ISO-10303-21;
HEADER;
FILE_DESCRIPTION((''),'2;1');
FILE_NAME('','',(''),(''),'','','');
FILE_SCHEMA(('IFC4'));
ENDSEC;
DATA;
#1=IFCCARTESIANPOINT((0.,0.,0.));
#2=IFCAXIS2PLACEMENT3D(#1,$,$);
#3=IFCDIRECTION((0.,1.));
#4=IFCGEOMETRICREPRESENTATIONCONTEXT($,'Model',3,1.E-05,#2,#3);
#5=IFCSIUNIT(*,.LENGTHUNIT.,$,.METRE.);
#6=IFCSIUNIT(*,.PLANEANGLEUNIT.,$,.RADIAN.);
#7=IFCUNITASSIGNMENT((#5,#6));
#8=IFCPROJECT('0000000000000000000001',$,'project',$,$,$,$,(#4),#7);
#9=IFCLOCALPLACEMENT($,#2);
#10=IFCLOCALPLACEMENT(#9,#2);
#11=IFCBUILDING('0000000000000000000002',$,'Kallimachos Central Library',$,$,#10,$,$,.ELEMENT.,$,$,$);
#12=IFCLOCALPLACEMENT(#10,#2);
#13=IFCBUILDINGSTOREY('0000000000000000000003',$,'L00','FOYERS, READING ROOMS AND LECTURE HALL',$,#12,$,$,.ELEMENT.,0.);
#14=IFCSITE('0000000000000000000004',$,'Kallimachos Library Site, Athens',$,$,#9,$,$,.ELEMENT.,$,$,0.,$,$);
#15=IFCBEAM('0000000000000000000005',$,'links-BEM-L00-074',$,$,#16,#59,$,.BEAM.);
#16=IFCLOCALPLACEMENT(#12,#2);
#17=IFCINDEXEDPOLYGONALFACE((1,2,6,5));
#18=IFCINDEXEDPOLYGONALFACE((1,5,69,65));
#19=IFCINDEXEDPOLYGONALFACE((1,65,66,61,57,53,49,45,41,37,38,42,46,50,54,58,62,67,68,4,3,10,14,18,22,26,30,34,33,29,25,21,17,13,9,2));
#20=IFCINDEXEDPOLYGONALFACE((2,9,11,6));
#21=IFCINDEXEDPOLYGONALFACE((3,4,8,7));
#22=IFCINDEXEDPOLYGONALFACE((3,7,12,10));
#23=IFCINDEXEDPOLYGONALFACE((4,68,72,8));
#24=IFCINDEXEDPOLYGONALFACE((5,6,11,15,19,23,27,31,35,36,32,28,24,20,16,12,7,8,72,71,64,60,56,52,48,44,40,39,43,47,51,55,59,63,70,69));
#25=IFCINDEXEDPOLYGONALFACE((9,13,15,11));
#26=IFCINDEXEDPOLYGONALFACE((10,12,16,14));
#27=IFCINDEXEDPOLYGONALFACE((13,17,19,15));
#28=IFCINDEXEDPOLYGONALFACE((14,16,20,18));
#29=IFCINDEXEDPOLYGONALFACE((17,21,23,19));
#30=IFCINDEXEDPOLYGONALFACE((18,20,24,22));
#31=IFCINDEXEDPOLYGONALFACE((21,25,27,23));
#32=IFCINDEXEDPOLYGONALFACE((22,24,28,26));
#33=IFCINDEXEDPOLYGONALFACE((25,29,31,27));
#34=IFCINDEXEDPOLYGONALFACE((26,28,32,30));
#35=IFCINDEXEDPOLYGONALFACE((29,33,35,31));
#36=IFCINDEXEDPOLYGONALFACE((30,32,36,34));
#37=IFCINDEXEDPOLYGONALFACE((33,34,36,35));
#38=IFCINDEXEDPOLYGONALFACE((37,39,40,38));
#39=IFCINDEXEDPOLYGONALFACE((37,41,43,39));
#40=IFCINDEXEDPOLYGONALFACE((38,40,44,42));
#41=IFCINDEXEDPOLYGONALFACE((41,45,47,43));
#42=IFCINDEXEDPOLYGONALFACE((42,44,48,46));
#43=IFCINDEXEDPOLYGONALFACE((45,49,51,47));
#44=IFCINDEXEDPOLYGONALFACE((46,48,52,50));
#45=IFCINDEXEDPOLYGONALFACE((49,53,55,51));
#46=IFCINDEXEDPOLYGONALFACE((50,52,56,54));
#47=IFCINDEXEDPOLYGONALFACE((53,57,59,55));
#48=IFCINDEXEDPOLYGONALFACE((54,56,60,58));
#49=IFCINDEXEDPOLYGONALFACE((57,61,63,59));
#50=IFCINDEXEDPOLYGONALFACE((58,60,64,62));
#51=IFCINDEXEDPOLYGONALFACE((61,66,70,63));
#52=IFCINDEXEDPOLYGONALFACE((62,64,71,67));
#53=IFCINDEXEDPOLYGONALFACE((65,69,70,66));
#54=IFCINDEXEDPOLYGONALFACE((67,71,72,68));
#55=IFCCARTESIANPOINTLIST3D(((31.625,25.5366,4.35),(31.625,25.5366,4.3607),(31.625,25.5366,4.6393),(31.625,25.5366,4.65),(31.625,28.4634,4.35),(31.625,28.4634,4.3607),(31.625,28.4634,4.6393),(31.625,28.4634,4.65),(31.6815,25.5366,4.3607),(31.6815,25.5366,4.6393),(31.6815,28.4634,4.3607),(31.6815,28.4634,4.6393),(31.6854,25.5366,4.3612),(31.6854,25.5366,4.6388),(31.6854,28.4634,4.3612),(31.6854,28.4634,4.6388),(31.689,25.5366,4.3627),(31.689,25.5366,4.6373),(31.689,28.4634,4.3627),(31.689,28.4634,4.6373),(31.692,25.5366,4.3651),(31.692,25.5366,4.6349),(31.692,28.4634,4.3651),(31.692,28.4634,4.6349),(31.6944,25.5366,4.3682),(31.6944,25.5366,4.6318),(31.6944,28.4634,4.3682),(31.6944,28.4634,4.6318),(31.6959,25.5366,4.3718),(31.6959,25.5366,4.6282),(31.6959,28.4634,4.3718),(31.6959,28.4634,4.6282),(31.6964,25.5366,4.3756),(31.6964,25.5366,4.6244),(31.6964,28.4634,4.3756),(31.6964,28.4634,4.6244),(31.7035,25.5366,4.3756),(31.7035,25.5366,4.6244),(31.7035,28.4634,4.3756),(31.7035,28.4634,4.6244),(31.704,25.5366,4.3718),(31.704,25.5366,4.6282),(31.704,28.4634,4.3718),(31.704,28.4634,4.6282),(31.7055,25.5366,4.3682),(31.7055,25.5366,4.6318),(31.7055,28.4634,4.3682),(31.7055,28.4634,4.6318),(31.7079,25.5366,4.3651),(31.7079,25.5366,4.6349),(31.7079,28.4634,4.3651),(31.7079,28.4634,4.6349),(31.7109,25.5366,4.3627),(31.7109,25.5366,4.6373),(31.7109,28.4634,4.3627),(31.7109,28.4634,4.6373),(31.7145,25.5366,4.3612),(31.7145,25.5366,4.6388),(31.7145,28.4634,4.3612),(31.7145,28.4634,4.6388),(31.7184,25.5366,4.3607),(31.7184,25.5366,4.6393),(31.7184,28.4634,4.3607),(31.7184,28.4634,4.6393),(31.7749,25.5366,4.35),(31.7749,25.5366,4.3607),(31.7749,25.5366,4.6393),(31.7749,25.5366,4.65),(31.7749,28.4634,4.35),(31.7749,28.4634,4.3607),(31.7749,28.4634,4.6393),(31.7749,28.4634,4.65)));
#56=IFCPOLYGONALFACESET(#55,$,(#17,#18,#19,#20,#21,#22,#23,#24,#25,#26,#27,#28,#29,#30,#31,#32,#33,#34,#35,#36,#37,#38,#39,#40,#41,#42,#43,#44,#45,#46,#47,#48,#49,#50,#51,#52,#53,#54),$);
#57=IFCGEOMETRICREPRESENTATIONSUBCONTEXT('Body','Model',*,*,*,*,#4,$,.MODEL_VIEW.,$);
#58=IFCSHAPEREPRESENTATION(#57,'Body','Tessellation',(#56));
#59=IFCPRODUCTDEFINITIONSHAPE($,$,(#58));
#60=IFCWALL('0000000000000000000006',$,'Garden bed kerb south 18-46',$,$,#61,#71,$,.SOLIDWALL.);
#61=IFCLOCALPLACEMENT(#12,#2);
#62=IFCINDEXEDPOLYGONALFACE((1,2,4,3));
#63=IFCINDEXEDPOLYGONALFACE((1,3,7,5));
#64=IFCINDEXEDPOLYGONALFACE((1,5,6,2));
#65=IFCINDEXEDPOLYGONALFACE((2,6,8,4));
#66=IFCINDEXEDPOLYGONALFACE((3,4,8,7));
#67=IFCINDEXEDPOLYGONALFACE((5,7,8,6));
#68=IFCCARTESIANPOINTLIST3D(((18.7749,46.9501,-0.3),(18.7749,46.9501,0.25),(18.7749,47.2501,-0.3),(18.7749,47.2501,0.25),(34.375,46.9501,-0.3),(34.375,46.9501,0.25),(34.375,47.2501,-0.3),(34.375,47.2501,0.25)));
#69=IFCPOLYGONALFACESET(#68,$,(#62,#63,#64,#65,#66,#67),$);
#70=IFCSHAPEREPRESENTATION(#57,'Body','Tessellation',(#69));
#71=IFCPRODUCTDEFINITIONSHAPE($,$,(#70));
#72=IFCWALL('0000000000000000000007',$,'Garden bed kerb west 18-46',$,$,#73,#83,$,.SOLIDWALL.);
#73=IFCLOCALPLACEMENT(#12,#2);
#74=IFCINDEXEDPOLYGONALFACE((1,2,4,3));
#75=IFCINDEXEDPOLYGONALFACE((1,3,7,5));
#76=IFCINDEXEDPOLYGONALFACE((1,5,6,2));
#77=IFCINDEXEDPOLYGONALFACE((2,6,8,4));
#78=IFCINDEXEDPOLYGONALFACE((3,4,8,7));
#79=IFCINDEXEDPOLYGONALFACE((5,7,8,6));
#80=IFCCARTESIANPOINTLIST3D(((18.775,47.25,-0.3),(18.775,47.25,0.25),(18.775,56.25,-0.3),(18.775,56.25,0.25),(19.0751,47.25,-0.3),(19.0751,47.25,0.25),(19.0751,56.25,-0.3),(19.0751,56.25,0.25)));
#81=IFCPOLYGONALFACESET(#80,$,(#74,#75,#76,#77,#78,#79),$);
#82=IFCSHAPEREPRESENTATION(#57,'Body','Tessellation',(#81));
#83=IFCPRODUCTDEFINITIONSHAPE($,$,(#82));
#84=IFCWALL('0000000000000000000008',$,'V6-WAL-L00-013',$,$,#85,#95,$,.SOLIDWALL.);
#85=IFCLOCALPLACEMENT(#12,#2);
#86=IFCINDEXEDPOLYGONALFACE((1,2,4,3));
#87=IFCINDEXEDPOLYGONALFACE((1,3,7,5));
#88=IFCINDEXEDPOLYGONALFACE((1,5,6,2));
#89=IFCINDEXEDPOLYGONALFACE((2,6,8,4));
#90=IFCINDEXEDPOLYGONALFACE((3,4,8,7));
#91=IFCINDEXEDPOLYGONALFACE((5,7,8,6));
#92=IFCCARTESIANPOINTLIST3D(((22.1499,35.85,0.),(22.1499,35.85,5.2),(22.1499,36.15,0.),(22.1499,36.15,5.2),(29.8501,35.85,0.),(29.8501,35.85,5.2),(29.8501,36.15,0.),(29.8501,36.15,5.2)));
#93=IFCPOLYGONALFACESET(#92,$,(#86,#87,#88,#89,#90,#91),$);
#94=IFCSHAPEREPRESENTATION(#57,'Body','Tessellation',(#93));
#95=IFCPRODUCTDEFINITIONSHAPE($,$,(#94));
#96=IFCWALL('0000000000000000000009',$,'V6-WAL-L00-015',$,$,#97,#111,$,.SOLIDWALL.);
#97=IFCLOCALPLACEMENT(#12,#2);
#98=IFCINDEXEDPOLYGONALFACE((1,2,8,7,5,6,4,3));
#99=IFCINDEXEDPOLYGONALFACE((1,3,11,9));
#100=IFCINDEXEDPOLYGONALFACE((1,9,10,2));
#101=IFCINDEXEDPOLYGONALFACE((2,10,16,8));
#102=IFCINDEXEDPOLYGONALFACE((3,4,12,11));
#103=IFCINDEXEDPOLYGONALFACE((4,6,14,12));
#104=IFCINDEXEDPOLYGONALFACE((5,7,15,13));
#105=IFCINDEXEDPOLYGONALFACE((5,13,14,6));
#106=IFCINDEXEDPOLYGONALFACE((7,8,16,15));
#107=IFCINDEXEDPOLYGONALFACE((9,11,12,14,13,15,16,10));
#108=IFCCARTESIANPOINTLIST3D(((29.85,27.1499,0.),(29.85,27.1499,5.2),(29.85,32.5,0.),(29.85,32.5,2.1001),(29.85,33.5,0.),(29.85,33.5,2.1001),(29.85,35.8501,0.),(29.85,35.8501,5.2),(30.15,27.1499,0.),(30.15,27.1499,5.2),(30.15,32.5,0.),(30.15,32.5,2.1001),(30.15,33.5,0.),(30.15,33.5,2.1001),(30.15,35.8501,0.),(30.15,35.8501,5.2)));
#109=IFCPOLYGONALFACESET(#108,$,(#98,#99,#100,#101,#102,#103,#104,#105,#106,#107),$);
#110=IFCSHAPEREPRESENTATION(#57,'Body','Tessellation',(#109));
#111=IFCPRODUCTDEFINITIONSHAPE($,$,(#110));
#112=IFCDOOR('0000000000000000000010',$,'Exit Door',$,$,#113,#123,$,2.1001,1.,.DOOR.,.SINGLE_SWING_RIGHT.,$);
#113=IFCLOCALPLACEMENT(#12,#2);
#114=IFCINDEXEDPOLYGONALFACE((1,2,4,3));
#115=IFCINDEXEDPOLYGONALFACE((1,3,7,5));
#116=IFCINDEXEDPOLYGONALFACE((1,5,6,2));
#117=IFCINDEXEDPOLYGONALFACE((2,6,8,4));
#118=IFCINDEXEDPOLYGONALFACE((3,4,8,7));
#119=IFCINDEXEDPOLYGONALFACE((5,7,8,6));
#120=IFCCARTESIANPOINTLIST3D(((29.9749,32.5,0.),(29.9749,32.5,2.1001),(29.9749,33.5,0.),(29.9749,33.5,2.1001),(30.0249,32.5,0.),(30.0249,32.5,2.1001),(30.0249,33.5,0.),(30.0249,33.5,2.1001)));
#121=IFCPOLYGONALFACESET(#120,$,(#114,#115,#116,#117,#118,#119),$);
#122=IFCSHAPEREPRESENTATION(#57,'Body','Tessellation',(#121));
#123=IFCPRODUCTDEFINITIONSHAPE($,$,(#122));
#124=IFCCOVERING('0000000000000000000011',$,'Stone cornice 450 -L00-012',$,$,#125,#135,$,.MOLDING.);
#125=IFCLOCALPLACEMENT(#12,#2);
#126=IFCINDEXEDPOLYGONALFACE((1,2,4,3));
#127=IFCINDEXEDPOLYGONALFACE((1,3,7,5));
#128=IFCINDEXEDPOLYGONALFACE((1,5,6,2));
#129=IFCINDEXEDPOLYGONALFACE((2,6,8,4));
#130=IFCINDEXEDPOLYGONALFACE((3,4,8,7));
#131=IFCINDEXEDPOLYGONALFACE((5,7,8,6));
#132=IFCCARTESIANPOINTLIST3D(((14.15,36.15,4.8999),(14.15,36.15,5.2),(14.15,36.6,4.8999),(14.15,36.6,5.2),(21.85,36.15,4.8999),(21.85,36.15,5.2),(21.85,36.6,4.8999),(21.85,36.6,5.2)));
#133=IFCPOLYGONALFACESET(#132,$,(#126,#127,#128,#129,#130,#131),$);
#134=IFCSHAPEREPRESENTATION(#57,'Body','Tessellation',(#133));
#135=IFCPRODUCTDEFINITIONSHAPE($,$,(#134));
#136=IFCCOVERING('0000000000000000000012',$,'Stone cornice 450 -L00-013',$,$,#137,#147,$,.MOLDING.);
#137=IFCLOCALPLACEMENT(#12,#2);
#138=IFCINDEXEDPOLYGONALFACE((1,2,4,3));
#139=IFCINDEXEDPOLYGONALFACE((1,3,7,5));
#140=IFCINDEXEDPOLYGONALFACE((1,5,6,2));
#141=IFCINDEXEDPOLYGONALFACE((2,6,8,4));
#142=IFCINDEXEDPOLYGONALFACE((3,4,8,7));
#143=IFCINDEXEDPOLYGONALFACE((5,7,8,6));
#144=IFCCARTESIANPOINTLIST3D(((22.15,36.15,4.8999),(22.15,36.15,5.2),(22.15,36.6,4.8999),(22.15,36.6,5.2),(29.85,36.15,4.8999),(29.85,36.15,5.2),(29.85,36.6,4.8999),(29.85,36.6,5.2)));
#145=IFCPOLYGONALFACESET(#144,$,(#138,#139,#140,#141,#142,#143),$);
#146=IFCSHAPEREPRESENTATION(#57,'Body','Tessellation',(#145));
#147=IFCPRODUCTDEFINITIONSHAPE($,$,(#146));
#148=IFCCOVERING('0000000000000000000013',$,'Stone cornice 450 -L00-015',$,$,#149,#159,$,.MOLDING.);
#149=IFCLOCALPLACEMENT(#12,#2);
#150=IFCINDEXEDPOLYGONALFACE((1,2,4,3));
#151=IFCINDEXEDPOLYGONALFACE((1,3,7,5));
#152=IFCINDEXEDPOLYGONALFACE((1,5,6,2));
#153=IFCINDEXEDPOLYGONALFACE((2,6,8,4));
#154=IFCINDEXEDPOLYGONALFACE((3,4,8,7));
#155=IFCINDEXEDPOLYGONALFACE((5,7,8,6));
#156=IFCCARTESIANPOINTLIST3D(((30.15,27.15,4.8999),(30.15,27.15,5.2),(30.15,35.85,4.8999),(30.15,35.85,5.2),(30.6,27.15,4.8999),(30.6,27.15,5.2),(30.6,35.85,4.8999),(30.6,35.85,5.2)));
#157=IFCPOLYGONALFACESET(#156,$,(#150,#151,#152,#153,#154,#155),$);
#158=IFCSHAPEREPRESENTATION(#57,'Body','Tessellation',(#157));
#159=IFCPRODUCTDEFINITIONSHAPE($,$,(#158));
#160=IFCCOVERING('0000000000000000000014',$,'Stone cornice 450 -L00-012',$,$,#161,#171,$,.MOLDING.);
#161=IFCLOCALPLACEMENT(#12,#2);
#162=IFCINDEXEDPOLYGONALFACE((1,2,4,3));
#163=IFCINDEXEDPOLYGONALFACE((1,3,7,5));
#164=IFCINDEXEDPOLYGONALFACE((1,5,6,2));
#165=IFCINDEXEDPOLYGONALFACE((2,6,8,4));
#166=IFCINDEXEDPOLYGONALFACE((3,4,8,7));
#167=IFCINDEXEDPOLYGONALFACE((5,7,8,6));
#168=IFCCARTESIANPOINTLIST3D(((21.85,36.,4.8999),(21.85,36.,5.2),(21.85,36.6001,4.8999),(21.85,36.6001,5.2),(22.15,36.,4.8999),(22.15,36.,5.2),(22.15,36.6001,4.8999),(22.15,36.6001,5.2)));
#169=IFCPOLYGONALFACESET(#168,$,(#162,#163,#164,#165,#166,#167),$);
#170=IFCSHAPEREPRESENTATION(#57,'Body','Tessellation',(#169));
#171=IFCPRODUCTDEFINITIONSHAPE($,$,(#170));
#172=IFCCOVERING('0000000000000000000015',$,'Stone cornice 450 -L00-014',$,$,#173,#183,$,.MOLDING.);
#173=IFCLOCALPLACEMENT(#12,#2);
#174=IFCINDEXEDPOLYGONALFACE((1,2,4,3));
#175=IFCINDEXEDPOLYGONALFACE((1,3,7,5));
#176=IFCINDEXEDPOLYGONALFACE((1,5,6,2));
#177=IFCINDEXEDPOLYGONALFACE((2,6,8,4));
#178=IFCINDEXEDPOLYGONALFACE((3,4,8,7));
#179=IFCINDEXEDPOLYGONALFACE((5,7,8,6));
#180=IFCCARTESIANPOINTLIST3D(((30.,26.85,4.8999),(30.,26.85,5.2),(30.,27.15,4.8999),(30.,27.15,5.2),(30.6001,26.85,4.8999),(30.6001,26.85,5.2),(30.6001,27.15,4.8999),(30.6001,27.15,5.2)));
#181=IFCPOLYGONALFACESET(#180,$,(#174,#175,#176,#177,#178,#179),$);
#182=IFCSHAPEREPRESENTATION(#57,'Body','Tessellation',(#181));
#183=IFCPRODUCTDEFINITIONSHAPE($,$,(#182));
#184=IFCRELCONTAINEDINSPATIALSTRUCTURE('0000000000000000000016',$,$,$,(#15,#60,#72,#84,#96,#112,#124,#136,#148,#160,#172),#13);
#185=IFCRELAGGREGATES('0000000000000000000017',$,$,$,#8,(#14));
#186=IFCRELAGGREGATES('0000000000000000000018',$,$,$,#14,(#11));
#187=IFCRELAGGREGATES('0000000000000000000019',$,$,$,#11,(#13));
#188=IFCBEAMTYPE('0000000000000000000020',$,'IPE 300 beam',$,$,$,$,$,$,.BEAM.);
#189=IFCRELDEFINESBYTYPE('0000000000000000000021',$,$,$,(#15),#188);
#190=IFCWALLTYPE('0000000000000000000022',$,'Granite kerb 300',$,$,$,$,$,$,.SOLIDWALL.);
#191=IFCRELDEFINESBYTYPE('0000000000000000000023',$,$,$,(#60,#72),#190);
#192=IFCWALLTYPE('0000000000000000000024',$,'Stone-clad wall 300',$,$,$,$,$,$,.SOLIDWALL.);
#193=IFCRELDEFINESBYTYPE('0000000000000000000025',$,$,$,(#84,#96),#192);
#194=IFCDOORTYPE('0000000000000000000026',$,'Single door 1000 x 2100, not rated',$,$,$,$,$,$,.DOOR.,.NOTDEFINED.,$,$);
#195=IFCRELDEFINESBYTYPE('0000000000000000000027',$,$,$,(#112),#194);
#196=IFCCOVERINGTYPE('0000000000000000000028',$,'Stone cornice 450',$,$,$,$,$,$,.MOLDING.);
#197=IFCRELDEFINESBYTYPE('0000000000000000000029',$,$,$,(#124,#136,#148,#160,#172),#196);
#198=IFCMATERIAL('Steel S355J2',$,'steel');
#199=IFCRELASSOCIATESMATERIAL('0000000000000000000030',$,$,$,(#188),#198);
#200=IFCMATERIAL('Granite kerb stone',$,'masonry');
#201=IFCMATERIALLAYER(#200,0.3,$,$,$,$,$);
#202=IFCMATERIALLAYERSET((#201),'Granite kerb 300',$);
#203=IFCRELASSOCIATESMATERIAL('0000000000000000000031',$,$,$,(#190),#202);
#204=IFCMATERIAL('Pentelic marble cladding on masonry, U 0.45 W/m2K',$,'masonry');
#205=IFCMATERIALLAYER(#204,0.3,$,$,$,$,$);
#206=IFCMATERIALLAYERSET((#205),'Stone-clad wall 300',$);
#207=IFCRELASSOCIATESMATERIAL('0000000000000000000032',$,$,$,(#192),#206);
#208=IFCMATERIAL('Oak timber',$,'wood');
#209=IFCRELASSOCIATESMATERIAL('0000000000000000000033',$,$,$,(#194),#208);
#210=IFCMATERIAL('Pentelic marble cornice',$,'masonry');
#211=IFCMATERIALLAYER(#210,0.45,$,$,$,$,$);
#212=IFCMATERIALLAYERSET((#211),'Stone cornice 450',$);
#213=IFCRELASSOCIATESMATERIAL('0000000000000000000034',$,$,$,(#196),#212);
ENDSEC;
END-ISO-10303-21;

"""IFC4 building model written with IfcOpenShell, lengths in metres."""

from ifc_helpers import new_model, si_unit, direction, frame, frame_2d, origin, origin_2d, place, context, subcontext, project, spatial, rectangle, i_section, extrude, material, layer, layer_set, material_profile, profile_set, type_object, element, fill, save


model = new_model("IFC4")

# Units and contexts
model_context = context("Model", 3, precision=1e-05, world=origin(), true_north=direction((0.0, 1.0)))
body_context = subcontext(model_context, "Body", "Model", "MODEL_VIEW")
ifc_project = project(units=[si_unit("LENGTHUNIT", "METRE"), si_unit("PLANEANGLEUNIT", "RADIAN")], contexts=[model_context])

# Site, building, storey
site_placement = place(None, origin())
site = spatial("IfcSite", under=ifc_project, at=site_placement, Name="Kallimachos Library Site, Athens", CompositionType="ELEMENT", RefElevation=0.0)
building_placement = place(site_placement, origin())
building = spatial("IfcBuilding", under=site, at=building_placement, Name="Kallimachos Central Library", CompositionType="ELEMENT")
storey_placement = place(building_placement, origin())
storey = spatial("IfcBuildingStorey", under=building, at=storey_placement, Name="L00", Description="FOYERS, READING ROOMS AND LECTURE HALL", CompositionType="ELEMENT", Elevation=0.0)

# Beam
ifc_material_1 = material(Name="Steel S355J2", Category="steel")
ifc_material_profile_1 = material_profile(ifc_material_1, i_section(OverallWidth=0.1499, OverallDepth=0.3, WebThickness=0.0071, FlangeThickness=0.0107, FilletRadius=0.0149, at=origin_2d()), Name="IPE 300")
ifc_profile_set_1 = profile_set([ifc_material_profile_1], Name="Steel S355J2")
beam_type = type_object("IfcBeamType", Name="IPE 300 beam", PredefinedType="BEAM", material=ifc_profile_set_1)
beam_placement = place(storey_placement, frame((31.7, 25.5366, 4.5), z_axis=(0.0, 1.0, 0.0), x_axis=(-1.0, 0.0, 0.0)))
element("IfcBeam", 1, at=beam_placement, inside=storey, type_object=beam_type, Name="links-BEM-L00-074", PredefinedType="BEAM", context=body_context, shape_type="SweptSolid", body=[
    extrude(i_section(OverallWidth=0.1499, OverallDepth=0.3, WebThickness=0.0071, FlangeThickness=0.0107, FilletRadius=0.0149, at=origin_2d()), origin(), (0.0, 0.0, 1.0), 2.9268),
])

# Walls
ifc_material_2 = material(Name="Granite kerb stone", Category="masonry")
ifc_layer_1 = layer(ifc_material_2, 0.3)
ifc_layer_set_1 = layer_set([ifc_layer_1], Name="Granite kerb 300")
wall_type_1 = type_object("IfcWallType", Name="Granite kerb 300", PredefinedType="SOLIDWALL", material=ifc_layer_set_1)
wall_1_placement = place(storey_placement, frame((18.7749, 47.1001, -0.3), z_axis=(0.0, 0.0, 1.0), x_axis=(1.0, 0.0, 0.0)))
element("IfcWall", 2, at=wall_1_placement, inside=storey, type_object=wall_type_1, Name="Garden bed kerb south 18-46", PredefinedType="SOLIDWALL", context=body_context, shape_type="SweptSolid", body=[
    extrude(rectangle(XDim=15.6001, YDim=0.3, at=frame_2d((7.8, 0.0))), origin(), (0.0, 0.0, 1.0), 0.55),
])
wall_2_placement = place(storey_placement, frame((18.925, 47.25, -0.3), z_axis=(0.0, 0.0, 1.0), x_axis=(0.0, 1.0, 0.0)))
element("IfcWall", 3, at=wall_2_placement, inside=storey, type_object=wall_type_1, Name="Garden bed kerb west 18-46", PredefinedType="SOLIDWALL", context=body_context, shape_type="SweptSolid", body=[
    extrude(rectangle(XDim=9.0, YDim=0.3, at=frame_2d((4.5, 0.0))), origin(), (0.0, 0.0, 1.0), 0.55),
])
ifc_material_3 = material(Name="Pentelic marble cladding on masonry, U 0.45 W/m2K", Category="masonry")
ifc_layer_2 = layer(ifc_material_3, 0.3)
ifc_layer_set_2 = layer_set([ifc_layer_2], Name="Stone-clad wall 300")
wall_type_2 = type_object("IfcWallType", Name="Stone-clad wall 300", PredefinedType="SOLIDWALL", material=ifc_layer_set_2)
wall_3_placement = place(storey_placement, frame((22.1499, 36.0, 0.0), z_axis=(0.0, 0.0, 1.0), x_axis=(1.0, 0.0, 0.0)))
element("IfcWall", 4, at=wall_3_placement, inside=storey, type_object=wall_type_2, Name="V6-WAL-L00-013", PredefinedType="SOLIDWALL", context=body_context, shape_type="SweptSolid", body=[
    extrude(rectangle(XDim=7.7002, YDim=0.3, at=frame_2d((3.8501, 0.0))), origin(), (0.0, 0.0, 1.0), 5.2),
])

# Wall, opening, door
wall_4_placement = place(storey_placement, frame((30.0, 27.1499, 0.0), z_axis=(0.0, 0.0, 1.0), x_axis=(0.0, 1.0, 0.0)))
wall_4 = element("IfcWall", 5, at=wall_4_placement, inside=storey, type_object=wall_type_2, Name="V6-WAL-L00-015", PredefinedType="SOLIDWALL", context=body_context, shape_type="SweptSolid", body=[
    extrude(rectangle(XDim=8.7002, YDim=0.3, at=frame_2d((4.3501, 0.0))), origin(), (0.0, 0.0, 1.0), 5.2),
])
opening_placement = place(wall_4_placement, frame((5.3501, 0.0, 0.0)))
opening = element("IfcOpeningElement", 6, at=opening_placement, cuts=wall_4, PredefinedType="OPENING", context=body_context, shape_type="SweptSolid", body=[
    extrude(rectangle(XDim=1.0, YDim=2.1001, at=frame_2d((0.5, 1.05))), frame((0.0, 0.1599, 0.0), z_axis=(0.0, -1.0, 0.0), x_axis=(1.0, 0.0, 0.0)), (0.0, 0.0, 1.0), 0.3201),
])
ifc_material_4 = material(Name="Oak timber", Category="wood")
door_type = type_object("IfcDoorType", Name="Single door 1000 x 2100, not rated", OperationType="NOTDEFINED", PredefinedType="DOOR", material=ifc_material_4)
door_placement = place(opening_placement, frame((1.0, 0.0, 0.0), z_axis=(0.0, 0.0, 1.0), x_axis=(-1.0, 0.0, 0.0)))
door = element("IfcDoor", 7, at=door_placement, inside=storey, type_object=door_type, Name="Exit Door", OperationType="SINGLE_SWING_RIGHT", OverallHeight=2.1001, OverallWidth=1.0, PredefinedType="DOOR", context=body_context, shape_type="SweptSolid", body=[
    extrude(rectangle(XDim=1.0, YDim=2.1001, at=frame_2d((0.5, 1.05))), frame((0.0, 0.0249, 0.0), z_axis=(0.0, -1.0, 0.0), x_axis=(1.0, 0.0, 0.0)), (0.0, 0.0, 1.0), 0.05),
])
fill(opening, door)

# Coverings
ifc_material_5 = material(Name="Pentelic marble cornice", Category="masonry")
ifc_layer_3 = layer(ifc_material_5, 0.45)
ifc_layer_set_3 = layer_set([ifc_layer_3], Name="Stone cornice 450")
covering_type_1 = type_object("IfcCoveringType", Name="Stone cornice 450", PredefinedType="MOLDING", material=ifc_layer_set_3)
for number, where, z_axis, x_axis, name in (
    (8, (18.0, 36.375, 4.8999), (0.0, 0.0, 1.0), (1.0, 0.0, 0.0), "Stone cornice 450 -L00-012"),
    (9, (26.0, 36.375, 4.8999), (0.0, 0.0, 1.0), (1.0, 0.0, 0.0), "Stone cornice 450 -L00-013"),
):
    element("IfcCovering", number, at=place(storey_placement, frame(where, z_axis=z_axis, x_axis=x_axis)), inside=storey, type_object=covering_type_1, Name=name, PredefinedType="MOLDING", context=body_context, shape_type="SweptSolid", body=[
        extrude(rectangle(XDim=7.7, YDim=0.45, at=origin_2d()), origin(), (0.0, 0.0, 1.0), 0.3),
    ])
covering_1_placement = place(storey_placement, frame((30.375, 31.5, 4.8999), z_axis=(0.0, 0.0, 1.0), x_axis=(1.0, 0.0, 0.0)))
element("IfcCovering", 10, at=covering_1_placement, inside=storey, type_object=covering_type_1, Name="Stone cornice 450 -L00-015", PredefinedType="MOLDING", context=body_context, shape_type="SweptSolid", body=[
    extrude(rectangle(XDim=0.45, YDim=8.7, at=origin_2d()), origin(), (0.0, 0.0, 1.0), 0.3),
])
covering_2_placement = place(storey_placement, frame((22.0, 36.3, 4.8999), z_axis=(0.0, 0.0, 1.0), x_axis=(1.0, 0.0, 0.0)))
element("IfcCovering", 11, at=covering_2_placement, inside=storey, type_object=covering_type_1, Name="Stone cornice 450 -L00-012", PredefinedType="MOLDING", context=body_context, shape_type="SweptSolid", body=[
    extrude(rectangle(XDim=0.3, YDim=0.6001, at=origin_2d()), origin(), (0.0, 0.0, 1.0), 0.3),
])
covering_3_placement = place(storey_placement, frame((30.3, 27.0, 4.8999), z_axis=(0.0, 0.0, 1.0), x_axis=(1.0, 0.0, 0.0)))
element("IfcCovering", 12, at=covering_3_placement, inside=storey, type_object=covering_type_1, Name="Stone cornice 450 -L00-014", PredefinedType="MOLDING", context=body_context, shape_type="SweptSolid", body=[
    extrude(rectangle(XDim=0.6001, YDim=0.3, at=origin_2d()), origin(), (0.0, 0.0, 1.0), 0.3),
])

save(model, "model.ifc")
